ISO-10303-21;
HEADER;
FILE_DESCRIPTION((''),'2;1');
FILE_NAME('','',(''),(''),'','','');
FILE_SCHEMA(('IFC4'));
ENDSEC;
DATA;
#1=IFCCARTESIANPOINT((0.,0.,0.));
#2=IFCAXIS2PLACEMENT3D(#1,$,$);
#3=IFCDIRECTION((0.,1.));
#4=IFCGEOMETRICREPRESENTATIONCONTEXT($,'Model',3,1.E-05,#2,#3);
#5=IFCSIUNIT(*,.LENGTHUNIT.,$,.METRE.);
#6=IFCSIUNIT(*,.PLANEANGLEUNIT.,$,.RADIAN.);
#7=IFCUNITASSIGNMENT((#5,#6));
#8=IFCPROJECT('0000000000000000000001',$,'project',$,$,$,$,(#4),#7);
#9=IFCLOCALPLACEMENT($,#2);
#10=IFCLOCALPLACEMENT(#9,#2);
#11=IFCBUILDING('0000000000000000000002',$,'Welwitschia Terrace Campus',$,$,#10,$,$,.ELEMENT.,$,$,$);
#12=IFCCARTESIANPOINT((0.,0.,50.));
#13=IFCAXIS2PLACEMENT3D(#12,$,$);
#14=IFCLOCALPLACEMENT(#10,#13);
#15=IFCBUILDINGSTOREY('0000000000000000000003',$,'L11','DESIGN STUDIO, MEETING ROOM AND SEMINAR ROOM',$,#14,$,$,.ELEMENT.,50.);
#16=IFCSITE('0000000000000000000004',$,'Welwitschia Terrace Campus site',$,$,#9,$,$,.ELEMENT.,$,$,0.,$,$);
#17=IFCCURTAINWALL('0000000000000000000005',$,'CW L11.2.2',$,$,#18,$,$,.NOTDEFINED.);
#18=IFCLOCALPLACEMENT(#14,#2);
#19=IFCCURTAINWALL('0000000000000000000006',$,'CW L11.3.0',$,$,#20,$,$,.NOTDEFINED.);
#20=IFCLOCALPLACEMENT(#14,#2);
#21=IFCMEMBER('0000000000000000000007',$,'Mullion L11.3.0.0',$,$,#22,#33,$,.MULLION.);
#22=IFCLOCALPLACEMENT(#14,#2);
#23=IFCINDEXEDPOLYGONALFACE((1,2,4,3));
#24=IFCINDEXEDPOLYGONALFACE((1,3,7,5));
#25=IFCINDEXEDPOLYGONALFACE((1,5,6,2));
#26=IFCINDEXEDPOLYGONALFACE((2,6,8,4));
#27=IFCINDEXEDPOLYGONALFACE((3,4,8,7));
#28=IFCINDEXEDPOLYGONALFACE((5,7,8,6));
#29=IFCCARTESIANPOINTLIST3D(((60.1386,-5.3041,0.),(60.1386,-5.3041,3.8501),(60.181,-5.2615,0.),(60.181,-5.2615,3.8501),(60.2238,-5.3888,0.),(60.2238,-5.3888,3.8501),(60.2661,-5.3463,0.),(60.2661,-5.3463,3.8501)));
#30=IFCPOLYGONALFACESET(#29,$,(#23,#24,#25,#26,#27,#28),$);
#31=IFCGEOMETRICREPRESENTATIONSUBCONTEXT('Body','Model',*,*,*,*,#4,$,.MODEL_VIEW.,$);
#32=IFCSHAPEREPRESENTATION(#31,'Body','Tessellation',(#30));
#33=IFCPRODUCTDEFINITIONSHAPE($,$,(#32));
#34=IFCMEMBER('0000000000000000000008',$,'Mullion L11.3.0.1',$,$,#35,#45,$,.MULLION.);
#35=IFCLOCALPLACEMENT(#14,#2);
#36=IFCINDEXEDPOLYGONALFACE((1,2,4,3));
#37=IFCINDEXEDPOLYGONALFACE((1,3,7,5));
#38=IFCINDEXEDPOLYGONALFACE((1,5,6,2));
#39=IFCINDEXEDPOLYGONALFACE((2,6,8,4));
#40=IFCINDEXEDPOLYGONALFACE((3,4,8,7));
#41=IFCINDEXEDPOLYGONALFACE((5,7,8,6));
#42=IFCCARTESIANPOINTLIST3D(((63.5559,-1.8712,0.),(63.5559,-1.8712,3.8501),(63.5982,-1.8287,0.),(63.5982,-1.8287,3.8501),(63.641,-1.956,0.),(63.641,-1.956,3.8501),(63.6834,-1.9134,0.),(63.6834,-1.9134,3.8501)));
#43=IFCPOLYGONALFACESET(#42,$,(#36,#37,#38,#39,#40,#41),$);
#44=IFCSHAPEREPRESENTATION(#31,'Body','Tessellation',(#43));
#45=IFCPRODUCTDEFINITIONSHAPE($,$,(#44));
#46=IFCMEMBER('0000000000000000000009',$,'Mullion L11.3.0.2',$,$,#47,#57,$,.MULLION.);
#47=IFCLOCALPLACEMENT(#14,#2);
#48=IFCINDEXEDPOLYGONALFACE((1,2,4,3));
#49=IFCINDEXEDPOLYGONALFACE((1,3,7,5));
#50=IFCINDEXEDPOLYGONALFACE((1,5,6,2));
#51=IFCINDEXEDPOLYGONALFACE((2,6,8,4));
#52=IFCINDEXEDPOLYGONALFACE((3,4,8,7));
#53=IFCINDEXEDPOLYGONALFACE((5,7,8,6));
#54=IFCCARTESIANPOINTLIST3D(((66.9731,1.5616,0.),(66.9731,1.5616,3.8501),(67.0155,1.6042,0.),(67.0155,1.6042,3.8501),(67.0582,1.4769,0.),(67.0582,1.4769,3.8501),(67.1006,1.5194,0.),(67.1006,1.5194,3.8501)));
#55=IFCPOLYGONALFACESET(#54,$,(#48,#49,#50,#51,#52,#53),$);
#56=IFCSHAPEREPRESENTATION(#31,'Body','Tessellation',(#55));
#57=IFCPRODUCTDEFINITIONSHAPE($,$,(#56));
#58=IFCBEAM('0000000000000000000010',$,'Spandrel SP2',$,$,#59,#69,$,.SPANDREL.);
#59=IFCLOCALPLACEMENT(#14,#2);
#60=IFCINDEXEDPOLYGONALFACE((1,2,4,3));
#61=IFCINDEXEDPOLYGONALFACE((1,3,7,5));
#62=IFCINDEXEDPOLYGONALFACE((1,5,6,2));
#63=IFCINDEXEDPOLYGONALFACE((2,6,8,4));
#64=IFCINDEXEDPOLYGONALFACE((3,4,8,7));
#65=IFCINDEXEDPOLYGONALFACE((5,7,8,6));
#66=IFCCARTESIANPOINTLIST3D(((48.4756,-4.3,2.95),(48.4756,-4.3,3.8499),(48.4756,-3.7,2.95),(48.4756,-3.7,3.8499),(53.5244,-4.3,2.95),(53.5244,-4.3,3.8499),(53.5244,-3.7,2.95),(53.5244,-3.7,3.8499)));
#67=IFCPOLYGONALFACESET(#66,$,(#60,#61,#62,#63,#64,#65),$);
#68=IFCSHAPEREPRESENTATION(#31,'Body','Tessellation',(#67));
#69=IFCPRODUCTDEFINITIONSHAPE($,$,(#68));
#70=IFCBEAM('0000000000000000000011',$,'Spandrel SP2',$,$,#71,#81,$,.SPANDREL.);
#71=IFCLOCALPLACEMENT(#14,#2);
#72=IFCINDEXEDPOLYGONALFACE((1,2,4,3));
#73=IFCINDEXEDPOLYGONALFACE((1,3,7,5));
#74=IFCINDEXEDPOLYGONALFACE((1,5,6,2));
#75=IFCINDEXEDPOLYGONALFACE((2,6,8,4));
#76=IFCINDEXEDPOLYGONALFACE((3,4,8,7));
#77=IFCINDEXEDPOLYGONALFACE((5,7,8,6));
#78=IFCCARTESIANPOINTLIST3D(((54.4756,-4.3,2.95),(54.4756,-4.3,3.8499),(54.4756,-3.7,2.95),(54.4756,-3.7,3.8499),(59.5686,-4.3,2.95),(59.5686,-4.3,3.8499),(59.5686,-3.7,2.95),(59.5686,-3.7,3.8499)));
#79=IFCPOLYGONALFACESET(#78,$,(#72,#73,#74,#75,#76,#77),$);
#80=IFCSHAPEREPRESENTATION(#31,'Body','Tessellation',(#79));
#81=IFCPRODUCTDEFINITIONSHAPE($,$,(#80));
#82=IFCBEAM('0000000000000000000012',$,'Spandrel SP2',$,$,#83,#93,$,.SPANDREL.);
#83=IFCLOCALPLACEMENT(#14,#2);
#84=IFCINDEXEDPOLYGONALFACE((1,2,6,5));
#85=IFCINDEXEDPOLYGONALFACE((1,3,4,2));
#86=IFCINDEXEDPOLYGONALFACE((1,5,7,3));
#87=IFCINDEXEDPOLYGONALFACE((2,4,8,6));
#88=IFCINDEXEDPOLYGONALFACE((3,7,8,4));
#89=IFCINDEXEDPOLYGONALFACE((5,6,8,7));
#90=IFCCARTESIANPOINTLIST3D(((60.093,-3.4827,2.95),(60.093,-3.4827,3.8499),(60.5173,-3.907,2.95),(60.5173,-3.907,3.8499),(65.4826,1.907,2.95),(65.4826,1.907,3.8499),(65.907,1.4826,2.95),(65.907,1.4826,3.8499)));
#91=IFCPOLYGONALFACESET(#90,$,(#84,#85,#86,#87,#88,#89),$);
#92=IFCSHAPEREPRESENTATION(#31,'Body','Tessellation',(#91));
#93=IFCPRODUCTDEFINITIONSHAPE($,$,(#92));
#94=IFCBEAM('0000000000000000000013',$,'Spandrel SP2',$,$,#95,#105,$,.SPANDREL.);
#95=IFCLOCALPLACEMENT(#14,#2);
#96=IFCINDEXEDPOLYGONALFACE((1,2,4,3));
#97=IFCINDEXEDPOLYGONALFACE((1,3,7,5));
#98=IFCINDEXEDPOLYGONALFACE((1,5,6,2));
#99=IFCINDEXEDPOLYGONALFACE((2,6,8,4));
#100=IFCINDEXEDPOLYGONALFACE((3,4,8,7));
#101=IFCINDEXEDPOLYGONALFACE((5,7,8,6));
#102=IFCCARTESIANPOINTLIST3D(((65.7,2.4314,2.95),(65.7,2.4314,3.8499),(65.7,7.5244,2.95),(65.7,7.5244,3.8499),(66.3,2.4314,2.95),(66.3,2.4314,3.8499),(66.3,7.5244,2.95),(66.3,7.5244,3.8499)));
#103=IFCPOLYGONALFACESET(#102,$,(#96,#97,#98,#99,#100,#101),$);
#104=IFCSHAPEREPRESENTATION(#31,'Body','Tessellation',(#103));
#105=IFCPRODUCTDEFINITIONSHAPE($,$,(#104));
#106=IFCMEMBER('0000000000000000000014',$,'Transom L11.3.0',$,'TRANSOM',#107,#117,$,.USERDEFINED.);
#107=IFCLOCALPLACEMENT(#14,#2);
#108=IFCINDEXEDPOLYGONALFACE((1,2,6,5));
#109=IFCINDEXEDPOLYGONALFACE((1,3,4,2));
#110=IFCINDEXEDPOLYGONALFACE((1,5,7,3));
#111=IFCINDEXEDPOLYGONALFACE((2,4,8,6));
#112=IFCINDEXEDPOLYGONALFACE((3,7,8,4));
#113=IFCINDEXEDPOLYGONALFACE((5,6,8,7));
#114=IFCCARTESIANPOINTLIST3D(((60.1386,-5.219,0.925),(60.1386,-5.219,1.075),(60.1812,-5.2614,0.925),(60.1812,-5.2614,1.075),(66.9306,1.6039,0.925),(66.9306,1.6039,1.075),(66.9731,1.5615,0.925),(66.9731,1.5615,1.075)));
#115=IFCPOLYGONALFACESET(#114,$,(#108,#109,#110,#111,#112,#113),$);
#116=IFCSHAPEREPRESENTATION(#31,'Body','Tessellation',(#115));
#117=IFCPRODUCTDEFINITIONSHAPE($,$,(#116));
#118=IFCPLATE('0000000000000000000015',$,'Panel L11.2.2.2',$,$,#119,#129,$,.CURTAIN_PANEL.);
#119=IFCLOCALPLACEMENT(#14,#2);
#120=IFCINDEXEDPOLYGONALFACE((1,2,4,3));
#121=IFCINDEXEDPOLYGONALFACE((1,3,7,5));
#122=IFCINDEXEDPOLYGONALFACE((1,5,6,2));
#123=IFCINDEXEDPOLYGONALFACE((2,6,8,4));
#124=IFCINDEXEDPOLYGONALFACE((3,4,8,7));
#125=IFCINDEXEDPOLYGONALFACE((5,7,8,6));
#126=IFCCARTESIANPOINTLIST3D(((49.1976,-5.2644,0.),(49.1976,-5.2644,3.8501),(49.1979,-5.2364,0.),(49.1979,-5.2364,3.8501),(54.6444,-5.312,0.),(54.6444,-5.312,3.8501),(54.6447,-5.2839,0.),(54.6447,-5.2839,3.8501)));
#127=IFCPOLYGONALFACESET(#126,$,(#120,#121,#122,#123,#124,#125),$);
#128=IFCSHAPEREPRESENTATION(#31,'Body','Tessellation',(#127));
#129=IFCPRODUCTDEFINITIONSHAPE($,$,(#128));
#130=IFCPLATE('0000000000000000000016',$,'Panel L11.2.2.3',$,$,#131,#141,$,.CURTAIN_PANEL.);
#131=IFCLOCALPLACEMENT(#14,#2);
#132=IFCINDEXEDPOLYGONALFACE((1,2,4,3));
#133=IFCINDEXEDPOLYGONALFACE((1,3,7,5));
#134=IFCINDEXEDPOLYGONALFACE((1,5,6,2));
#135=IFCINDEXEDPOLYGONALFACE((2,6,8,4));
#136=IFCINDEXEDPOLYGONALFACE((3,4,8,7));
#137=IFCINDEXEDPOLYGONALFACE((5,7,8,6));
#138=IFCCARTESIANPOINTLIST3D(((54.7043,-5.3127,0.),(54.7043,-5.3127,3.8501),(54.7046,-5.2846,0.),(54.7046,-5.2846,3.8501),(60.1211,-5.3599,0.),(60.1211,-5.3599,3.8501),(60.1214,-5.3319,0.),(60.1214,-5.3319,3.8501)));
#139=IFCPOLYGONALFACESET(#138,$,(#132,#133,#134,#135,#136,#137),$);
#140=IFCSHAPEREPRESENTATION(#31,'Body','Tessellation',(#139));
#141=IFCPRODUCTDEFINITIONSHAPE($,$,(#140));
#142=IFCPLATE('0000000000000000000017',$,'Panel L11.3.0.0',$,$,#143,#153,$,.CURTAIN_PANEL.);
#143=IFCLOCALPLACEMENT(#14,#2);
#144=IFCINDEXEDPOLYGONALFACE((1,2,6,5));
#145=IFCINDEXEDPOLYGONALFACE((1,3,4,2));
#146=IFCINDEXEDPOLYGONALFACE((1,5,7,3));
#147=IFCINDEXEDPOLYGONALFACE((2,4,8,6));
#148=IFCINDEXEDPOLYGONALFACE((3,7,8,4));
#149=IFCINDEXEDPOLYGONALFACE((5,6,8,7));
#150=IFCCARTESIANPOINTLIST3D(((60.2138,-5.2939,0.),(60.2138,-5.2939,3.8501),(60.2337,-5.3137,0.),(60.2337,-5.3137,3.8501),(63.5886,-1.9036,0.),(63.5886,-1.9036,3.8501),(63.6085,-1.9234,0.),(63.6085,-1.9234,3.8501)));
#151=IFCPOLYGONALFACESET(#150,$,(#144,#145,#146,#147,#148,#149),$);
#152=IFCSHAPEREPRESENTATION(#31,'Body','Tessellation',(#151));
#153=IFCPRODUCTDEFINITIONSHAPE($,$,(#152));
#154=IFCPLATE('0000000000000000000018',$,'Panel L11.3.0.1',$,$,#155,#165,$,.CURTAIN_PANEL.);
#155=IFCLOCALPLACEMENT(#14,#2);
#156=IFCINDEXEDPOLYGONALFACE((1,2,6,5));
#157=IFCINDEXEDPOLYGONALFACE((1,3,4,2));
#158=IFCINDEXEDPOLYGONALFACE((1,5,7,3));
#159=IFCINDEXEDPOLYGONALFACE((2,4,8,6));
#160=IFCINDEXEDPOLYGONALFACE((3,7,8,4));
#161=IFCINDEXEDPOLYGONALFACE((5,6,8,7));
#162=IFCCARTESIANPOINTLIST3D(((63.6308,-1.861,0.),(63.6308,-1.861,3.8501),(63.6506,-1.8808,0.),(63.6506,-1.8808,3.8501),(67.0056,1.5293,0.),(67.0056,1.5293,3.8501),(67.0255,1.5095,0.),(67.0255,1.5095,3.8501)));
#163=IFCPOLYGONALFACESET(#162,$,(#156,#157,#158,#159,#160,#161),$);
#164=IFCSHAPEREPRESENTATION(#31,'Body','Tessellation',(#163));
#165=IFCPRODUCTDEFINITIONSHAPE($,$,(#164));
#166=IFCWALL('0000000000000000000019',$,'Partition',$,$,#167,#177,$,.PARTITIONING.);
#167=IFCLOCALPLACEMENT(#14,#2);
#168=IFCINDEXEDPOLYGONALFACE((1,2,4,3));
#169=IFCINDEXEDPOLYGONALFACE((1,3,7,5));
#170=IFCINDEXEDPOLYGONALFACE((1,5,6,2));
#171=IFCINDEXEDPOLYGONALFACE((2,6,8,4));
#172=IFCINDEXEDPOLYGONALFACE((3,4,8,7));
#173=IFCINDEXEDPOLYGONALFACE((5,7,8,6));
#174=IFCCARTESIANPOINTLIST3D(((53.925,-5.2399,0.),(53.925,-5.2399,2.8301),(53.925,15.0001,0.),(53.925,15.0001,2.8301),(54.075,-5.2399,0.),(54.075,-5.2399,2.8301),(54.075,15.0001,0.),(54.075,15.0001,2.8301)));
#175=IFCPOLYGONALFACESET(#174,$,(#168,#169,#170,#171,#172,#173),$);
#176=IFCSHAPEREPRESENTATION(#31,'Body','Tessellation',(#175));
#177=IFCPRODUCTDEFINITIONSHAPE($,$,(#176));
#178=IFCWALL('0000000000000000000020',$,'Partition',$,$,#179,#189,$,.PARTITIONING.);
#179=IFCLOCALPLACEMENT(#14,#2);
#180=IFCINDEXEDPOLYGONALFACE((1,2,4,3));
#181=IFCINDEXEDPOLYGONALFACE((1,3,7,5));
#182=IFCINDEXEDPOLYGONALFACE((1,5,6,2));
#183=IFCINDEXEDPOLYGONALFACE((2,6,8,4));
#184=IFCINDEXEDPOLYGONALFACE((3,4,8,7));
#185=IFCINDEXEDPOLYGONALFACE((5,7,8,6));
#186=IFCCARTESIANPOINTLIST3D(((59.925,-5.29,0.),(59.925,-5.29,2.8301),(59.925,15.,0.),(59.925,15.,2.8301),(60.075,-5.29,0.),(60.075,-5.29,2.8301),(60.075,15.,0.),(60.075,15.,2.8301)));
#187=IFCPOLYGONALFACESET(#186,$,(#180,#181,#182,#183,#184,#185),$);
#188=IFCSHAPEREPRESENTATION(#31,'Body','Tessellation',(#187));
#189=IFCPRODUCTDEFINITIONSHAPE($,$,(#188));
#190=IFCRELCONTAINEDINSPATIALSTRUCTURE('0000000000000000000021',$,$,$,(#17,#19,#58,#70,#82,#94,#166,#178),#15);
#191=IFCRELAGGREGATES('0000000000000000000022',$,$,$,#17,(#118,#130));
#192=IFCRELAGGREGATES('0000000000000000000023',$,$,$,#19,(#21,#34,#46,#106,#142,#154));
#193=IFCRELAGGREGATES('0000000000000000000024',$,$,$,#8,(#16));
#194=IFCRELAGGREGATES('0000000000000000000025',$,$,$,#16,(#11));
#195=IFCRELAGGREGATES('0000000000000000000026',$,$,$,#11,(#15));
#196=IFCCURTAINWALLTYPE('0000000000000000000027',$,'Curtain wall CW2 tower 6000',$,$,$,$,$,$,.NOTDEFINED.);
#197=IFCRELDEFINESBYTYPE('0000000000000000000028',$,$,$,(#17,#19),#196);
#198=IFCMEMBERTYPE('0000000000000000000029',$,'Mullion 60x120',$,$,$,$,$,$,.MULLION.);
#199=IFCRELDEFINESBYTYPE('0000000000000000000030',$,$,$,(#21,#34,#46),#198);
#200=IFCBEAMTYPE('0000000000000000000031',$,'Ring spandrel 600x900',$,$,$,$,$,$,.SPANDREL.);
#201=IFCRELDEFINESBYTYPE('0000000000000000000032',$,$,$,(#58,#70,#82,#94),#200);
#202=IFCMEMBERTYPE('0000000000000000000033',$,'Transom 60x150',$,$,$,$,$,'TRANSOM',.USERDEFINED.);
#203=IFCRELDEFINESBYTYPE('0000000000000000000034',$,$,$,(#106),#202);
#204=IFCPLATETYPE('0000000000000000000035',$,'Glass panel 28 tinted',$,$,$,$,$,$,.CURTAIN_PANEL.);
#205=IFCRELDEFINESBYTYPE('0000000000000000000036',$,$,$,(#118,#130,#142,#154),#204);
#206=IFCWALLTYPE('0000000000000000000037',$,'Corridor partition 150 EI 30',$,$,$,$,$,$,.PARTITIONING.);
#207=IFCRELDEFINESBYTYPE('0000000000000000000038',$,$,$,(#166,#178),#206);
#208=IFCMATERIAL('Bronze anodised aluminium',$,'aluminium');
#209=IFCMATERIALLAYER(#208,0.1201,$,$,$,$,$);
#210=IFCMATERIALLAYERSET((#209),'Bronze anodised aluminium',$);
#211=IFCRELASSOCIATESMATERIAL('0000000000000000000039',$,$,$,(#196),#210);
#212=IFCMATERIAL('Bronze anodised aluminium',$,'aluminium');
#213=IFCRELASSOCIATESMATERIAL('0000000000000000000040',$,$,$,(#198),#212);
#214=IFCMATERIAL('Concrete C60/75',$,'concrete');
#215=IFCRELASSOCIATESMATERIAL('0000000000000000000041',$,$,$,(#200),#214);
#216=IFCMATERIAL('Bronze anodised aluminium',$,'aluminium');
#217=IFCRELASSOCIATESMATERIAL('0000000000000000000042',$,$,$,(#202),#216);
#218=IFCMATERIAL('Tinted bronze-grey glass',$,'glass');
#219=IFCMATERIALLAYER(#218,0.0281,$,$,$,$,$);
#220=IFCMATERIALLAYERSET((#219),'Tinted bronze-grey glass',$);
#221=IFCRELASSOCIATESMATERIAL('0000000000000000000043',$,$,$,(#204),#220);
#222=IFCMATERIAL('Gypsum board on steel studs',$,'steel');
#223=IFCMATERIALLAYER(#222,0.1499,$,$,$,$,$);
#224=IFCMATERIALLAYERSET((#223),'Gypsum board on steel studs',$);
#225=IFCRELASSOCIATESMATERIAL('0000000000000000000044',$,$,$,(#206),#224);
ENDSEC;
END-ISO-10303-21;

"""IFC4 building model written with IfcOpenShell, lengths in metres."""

from ifc_helpers import new_model, si_unit, direction, frame, frame_2d, origin, origin_2d, place, context, subcontext, project, spatial, rectangle, extrude, material, layer, layer_set, material_profile, profile_set, type_object, element, aggregate, save


model = new_model("IFC4")

# Units and contexts
model_context = context("Model", 3, precision=1e-05, world=origin(), true_north=direction((0.0, 1.0)))
body_context = subcontext(model_context, "Body", "Model", "MODEL_VIEW")
ifc_project = project(units=[si_unit("LENGTHUNIT", "METRE"), si_unit("PLANEANGLEUNIT", "RADIAN")], contexts=[model_context])

# Site, building, storey
site_placement = place(None, origin())
site = spatial("IfcSite", under=ifc_project, at=site_placement, Name="Welwitschia Terrace Campus site", CompositionType="ELEMENT", RefElevation=0.0)
building_placement = place(site_placement, origin())
building = spatial("IfcBuilding", under=site, at=building_placement, Name="Welwitschia Terrace Campus", CompositionType="ELEMENT")
storey_placement = place(building_placement, frame((0.0, 0.0, 50.0)))
storey = spatial("IfcBuildingStorey", under=building, at=storey_placement, Name="L11", Description="DESIGN STUDIO, MEETING ROOM AND SEMINAR ROOM", CompositionType="ELEMENT", Elevation=50.0)

# Curtain walls, members
ifc_material_1 = material(Name="Bronze anodised aluminium", Category="aluminium")
ifc_layer_1 = layer(ifc_material_1, 0.1201)
ifc_layer_set_1 = layer_set([ifc_layer_1], Name="Bronze anodised aluminium")
curtain_wall_type = type_object("IfcCurtainWallType", Name="Curtain wall CW2 tower 6000", PredefinedType="NOTDEFINED", material=ifc_layer_set_1)
curtain_wall_1_placement = place(storey_placement, origin())
curtain_wall_1 = element("IfcCurtainWall", 1, at=curtain_wall_1_placement, inside=storey, type_object=curtain_wall_type, Name="CW L11.2.2", PredefinedType="NOTDEFINED")
ifc_material_2 = material(Name="Bronze anodised aluminium", Category="aluminium")
ifc_material_profile_1 = material_profile(ifc_material_2, rectangle(XDim=0.1201, YDim=0.0601, at=origin_2d()))
ifc_profile_set_1 = profile_set([ifc_material_profile_1], Name="Bronze anodised aluminium")
member_type_1 = type_object("IfcMemberType", Name="Mullion 60x120", PredefinedType="MULLION", material=ifc_profile_set_1)
curtain_wall_2_placement = place(storey_placement, origin())
curtain_wall_2 = element("IfcCurtainWall", 2, at=curtain_wall_2_placement, inside=storey, type_object=curtain_wall_type, Name="CW L11.3.0", PredefinedType="NOTDEFINED")
member_1_placement = place(storey_placement, frame((60.2024, -5.3252, 0.0), z_axis=(0.0, 0.0, 1.0), x_axis=(-0.708719, 0.705491, 0.0)))
member_1 = element("IfcMember", 3, at=member_1_placement, type_object=member_type_1, Name="Mullion L11.3.0.0", PredefinedType="MULLION", context=body_context, shape_type="SweptSolid", body=[
    extrude(rectangle(XDim=0.1201, YDim=0.0601, at=origin_2d()), origin(), (0.0, 0.0, 1.0), 3.8501),
])
member_2_placement = place(storey_placement, frame((63.6196, -1.8923, 0.0), z_axis=(0.0, 0.0, 1.0), x_axis=(-0.708719, 0.705491, 0.0)))
member_2 = element("IfcMember", 4, at=member_2_placement, type_object=member_type_1, Name="Mullion L11.3.0.1", PredefinedType="MULLION", context=body_context, shape_type="SweptSolid", body=[
    extrude(rectangle(XDim=0.1201, YDim=0.0601, at=origin_2d()), origin(), (0.0, 0.0, 1.0), 3.8501),
])
member_3_placement = place(storey_placement, frame((67.0369, 1.5405, 0.0), z_axis=(0.0, 0.0, 1.0), x_axis=(-0.708719, 0.705491, 0.0)))
member_3 = element("IfcMember", 5, at=member_3_placement, type_object=member_type_1, Name="Mullion L11.3.0.2", PredefinedType="MULLION", context=body_context, shape_type="SweptSolid", body=[
    extrude(rectangle(XDim=0.1201, YDim=0.0601, at=origin_2d()), origin(), (0.0, 0.0, 1.0), 3.8501),
])

# Beams
ifc_material_3 = material(Name="Concrete C60/75", Category="concrete")
ifc_material_profile_2 = material_profile(ifc_material_3, rectangle(XDim=0.6001, YDim=0.8999, at=origin_2d()))
ifc_profile_set_2 = profile_set([ifc_material_profile_2], Name="Concrete C60/75")
beam_type_1 = type_object("IfcBeamType", Name="Ring spandrel 600x900", PredefinedType="SPANDREL", material=ifc_profile_set_2)
beam_1_placement = place(storey_placement, frame((48.4756, -4.0, 3.3999), z_axis=(1.0, 0.0, 0.0), x_axis=(0.0, 1.0, 0.0)))
element("IfcBeam", 6, at=beam_1_placement, inside=storey, type_object=beam_type_1, Name="Spandrel SP2", PredefinedType="SPANDREL", context=body_context, shape_type="SweptSolid", body=[
    extrude(rectangle(XDim=0.6001, YDim=0.8999, at=origin_2d()), origin(), (0.0, 0.0, 1.0), 5.0488),
])
beam_2_placement = place(storey_placement, frame((54.4756, -4.0, 3.3999), z_axis=(1.0, 0.0, 0.0), x_axis=(0.0, 1.0, 0.0)))
element("IfcBeam", 7, at=beam_2_placement, inside=storey, type_object=beam_type_1, Name="Spandrel SP2", PredefinedType="SPANDREL", context=body_context, shape_type="SweptSolid", body=[
    extrude(rectangle(XDim=0.6001, YDim=0.8999, at=origin_2d()), origin(), (0.0, 0.0, 1.0), 5.093),
])
beam_3_placement = place(storey_placement, frame((60.3052, -3.6948, 3.3999), z_axis=(0.707107, 0.707107, 0.0), x_axis=(-0.707107, 0.707107, 0.0)))
element("IfcBeam", 8, at=beam_3_placement, inside=storey, type_object=beam_type_1, Name="Spandrel SP2", PredefinedType="SPANDREL", context=body_context, shape_type="SweptSolid", body=[
    extrude(rectangle(XDim=0.6001, YDim=0.8999, at=origin_2d()), origin(), (0.0, 0.0, 1.0), 7.6221),
])
beam_4_placement = place(storey_placement, frame((66.0, 2.4314, 3.3999), z_axis=(0.0, 1.0, 0.0), x_axis=(-1.0, 0.0, 0.0)))
element("IfcBeam", 9, at=beam_4_placement, inside=storey, type_object=beam_type_1, Name="Spandrel SP2", PredefinedType="SPANDREL", context=body_context, shape_type="SweptSolid", body=[
    extrude(rectangle(XDim=0.6001, YDim=0.8999, at=origin_2d()), origin(), (0.0, 0.0, 1.0), 5.093),
])

# Member
ifc_material_4 = material(Name="Bronze anodised aluminium", Category="aluminium")
ifc_material_profile_3 = material_profile(ifc_material_4, rectangle(XDim=0.0601, YDim=0.1499, at=origin_2d()))
ifc_profile_set_3 = profile_set([ifc_material_profile_3], Name="Bronze anodised aluminium")
member_type_2 = type_object("IfcMemberType", Name="Transom 60x150", ElementType="TRANSOM", PredefinedType="USERDEFINED", material=ifc_profile_set_3)
member_4_placement = place(storey_placement, frame((60.1599, -5.2402, 1.0), z_axis=(0.705495, 0.708715, 0.0), x_axis=(-0.708715, 0.705495, 0.0)))
member_4 = element("IfcMember", 10, at=member_4_placement, type_object=member_type_2, Name="Transom L11.3.0", ObjectType="TRANSOM", PredefinedType="USERDEFINED", context=body_context, shape_type="SweptSolid", body=[
    extrude(rectangle(XDim=0.0601, YDim=0.1499, at=origin_2d()), origin(), (0.0, 0.0, 1.0), 9.6272),
])

# Plates
ifc_material_5 = material(Name="Tinted bronze-grey glass", Category="glass")
ifc_layer_2 = layer(ifc_material_5, 0.0281)
ifc_layer_set_2 = layer_set([ifc_layer_2], Name="Tinted bronze-grey glass")
plate_type = type_object("IfcPlateType", Name="Glass panel 28 tinted", PredefinedType="CURTAIN_PANEL", material=ifc_layer_set_2)
plate_1_placement = place(storey_placement, frame((51.9211, -5.2742, 0.0), z_axis=(0.0, 0.0, 1.0), x_axis=(0.999962, -0.008727, 0.0)))
plate_1 = element("IfcPlate", 11, at=plate_1_placement, type_object=plate_type, Name="Panel L11.2.2.2", PredefinedType="CURTAIN_PANEL", context=body_context, shape_type="SweptSolid", body=[
    extrude(rectangle(XDim=5.447, YDim=0.0281, at=origin_2d()), origin(), (0.0, 0.0, 1.0), 3.8501),
])
plate_2_placement = place(storey_placement, frame((57.4128, -5.3223, 0.0), z_axis=(0.0, 0.0, 1.0), x_axis=(0.999962, -0.008727, 0.0)))
plate_2 = element("IfcPlate", 12, at=plate_2_placement, type_object=plate_type, Name="Panel L11.2.2.3", PredefinedType="CURTAIN_PANEL", context=body_context, shape_type="SweptSolid", body=[
    extrude(rectangle(XDim=5.417, YDim=0.0281, at=origin_2d()), origin(), (0.0, 0.0, 1.0), 3.8501),
])
aggregate(curtain_wall_1, [plate_1, plate_2])
plate_3_placement = place(storey_placement, frame((61.9111, -3.6086, 0.0), z_axis=(0.0, 0.0, 1.0), x_axis=(0.705491, 0.708719, 0.0)))
plate_3 = element("IfcPlate", 13, at=plate_3_placement, type_object=plate_type, Name="Panel L11.3.0.0", PredefinedType="CURTAIN_PANEL", context=body_context, shape_type="SweptSolid", body=[
    extrude(rectangle(XDim=4.7837, YDim=0.0281, at=origin_2d()), origin(), (0.0, 0.0, 1.0), 3.8501),
])
plate_4_placement = place(storey_placement, frame((65.3281, -0.1758, 0.0), z_axis=(0.0, 0.0, 1.0), x_axis=(0.705491, 0.708719, 0.0)))
plate_4 = element("IfcPlate", 14, at=plate_4_placement, type_object=plate_type, Name="Panel L11.3.0.1", PredefinedType="CURTAIN_PANEL", context=body_context, shape_type="SweptSolid", body=[
    extrude(rectangle(XDim=4.7837, YDim=0.0281, at=origin_2d()), origin(), (0.0, 0.0, 1.0), 3.8501),
])
aggregate(curtain_wall_2, [member_1, member_2, member_3, member_4, plate_3, plate_4])

# Walls
ifc_material_6 = material(Name="Gypsum board on steel studs", Category="steel")
ifc_layer_3 = layer(ifc_material_6, 0.1499)
ifc_layer_set_3 = layer_set([ifc_layer_3], Name="Gypsum board on steel studs")
wall_type_1 = type_object("IfcWallType", Name="Corridor partition 150 EI 30", PredefinedType="PARTITIONING", material=ifc_layer_set_3)
wall_1_placement = place(storey_placement, frame((54.0, -5.24, 0.0), z_axis=(0.0, 0.0, 1.0), x_axis=(0.0, 1.0, 0.0)))
element("IfcWall", 15, at=wall_1_placement, inside=storey, type_object=wall_type_1, Name="Partition", PredefinedType="PARTITIONING", context=body_context, shape_type="SweptSolid", body=[
    extrude(rectangle(XDim=20.24, YDim=0.1499, at=frame_2d((10.1201, 0.0))), origin(), (0.0, 0.0, 1.0), 2.8301),
])
wall_2_placement = place(storey_placement, frame((60.0, -5.29, 0.0), z_axis=(0.0, 0.0, 1.0), x_axis=(0.0, 1.0, 0.0)))
element("IfcWall", 16, at=wall_2_placement, inside=storey, type_object=wall_type_1, Name="Partition", PredefinedType="PARTITIONING", context=body_context, shape_type="SweptSolid", body=[
    extrude(rectangle(XDim=20.29, YDim=0.1499, at=frame_2d((10.145, 0.0))), origin(), (0.0, 0.0, 1.0), 2.8301),
])

save(model, "model.ifc")
